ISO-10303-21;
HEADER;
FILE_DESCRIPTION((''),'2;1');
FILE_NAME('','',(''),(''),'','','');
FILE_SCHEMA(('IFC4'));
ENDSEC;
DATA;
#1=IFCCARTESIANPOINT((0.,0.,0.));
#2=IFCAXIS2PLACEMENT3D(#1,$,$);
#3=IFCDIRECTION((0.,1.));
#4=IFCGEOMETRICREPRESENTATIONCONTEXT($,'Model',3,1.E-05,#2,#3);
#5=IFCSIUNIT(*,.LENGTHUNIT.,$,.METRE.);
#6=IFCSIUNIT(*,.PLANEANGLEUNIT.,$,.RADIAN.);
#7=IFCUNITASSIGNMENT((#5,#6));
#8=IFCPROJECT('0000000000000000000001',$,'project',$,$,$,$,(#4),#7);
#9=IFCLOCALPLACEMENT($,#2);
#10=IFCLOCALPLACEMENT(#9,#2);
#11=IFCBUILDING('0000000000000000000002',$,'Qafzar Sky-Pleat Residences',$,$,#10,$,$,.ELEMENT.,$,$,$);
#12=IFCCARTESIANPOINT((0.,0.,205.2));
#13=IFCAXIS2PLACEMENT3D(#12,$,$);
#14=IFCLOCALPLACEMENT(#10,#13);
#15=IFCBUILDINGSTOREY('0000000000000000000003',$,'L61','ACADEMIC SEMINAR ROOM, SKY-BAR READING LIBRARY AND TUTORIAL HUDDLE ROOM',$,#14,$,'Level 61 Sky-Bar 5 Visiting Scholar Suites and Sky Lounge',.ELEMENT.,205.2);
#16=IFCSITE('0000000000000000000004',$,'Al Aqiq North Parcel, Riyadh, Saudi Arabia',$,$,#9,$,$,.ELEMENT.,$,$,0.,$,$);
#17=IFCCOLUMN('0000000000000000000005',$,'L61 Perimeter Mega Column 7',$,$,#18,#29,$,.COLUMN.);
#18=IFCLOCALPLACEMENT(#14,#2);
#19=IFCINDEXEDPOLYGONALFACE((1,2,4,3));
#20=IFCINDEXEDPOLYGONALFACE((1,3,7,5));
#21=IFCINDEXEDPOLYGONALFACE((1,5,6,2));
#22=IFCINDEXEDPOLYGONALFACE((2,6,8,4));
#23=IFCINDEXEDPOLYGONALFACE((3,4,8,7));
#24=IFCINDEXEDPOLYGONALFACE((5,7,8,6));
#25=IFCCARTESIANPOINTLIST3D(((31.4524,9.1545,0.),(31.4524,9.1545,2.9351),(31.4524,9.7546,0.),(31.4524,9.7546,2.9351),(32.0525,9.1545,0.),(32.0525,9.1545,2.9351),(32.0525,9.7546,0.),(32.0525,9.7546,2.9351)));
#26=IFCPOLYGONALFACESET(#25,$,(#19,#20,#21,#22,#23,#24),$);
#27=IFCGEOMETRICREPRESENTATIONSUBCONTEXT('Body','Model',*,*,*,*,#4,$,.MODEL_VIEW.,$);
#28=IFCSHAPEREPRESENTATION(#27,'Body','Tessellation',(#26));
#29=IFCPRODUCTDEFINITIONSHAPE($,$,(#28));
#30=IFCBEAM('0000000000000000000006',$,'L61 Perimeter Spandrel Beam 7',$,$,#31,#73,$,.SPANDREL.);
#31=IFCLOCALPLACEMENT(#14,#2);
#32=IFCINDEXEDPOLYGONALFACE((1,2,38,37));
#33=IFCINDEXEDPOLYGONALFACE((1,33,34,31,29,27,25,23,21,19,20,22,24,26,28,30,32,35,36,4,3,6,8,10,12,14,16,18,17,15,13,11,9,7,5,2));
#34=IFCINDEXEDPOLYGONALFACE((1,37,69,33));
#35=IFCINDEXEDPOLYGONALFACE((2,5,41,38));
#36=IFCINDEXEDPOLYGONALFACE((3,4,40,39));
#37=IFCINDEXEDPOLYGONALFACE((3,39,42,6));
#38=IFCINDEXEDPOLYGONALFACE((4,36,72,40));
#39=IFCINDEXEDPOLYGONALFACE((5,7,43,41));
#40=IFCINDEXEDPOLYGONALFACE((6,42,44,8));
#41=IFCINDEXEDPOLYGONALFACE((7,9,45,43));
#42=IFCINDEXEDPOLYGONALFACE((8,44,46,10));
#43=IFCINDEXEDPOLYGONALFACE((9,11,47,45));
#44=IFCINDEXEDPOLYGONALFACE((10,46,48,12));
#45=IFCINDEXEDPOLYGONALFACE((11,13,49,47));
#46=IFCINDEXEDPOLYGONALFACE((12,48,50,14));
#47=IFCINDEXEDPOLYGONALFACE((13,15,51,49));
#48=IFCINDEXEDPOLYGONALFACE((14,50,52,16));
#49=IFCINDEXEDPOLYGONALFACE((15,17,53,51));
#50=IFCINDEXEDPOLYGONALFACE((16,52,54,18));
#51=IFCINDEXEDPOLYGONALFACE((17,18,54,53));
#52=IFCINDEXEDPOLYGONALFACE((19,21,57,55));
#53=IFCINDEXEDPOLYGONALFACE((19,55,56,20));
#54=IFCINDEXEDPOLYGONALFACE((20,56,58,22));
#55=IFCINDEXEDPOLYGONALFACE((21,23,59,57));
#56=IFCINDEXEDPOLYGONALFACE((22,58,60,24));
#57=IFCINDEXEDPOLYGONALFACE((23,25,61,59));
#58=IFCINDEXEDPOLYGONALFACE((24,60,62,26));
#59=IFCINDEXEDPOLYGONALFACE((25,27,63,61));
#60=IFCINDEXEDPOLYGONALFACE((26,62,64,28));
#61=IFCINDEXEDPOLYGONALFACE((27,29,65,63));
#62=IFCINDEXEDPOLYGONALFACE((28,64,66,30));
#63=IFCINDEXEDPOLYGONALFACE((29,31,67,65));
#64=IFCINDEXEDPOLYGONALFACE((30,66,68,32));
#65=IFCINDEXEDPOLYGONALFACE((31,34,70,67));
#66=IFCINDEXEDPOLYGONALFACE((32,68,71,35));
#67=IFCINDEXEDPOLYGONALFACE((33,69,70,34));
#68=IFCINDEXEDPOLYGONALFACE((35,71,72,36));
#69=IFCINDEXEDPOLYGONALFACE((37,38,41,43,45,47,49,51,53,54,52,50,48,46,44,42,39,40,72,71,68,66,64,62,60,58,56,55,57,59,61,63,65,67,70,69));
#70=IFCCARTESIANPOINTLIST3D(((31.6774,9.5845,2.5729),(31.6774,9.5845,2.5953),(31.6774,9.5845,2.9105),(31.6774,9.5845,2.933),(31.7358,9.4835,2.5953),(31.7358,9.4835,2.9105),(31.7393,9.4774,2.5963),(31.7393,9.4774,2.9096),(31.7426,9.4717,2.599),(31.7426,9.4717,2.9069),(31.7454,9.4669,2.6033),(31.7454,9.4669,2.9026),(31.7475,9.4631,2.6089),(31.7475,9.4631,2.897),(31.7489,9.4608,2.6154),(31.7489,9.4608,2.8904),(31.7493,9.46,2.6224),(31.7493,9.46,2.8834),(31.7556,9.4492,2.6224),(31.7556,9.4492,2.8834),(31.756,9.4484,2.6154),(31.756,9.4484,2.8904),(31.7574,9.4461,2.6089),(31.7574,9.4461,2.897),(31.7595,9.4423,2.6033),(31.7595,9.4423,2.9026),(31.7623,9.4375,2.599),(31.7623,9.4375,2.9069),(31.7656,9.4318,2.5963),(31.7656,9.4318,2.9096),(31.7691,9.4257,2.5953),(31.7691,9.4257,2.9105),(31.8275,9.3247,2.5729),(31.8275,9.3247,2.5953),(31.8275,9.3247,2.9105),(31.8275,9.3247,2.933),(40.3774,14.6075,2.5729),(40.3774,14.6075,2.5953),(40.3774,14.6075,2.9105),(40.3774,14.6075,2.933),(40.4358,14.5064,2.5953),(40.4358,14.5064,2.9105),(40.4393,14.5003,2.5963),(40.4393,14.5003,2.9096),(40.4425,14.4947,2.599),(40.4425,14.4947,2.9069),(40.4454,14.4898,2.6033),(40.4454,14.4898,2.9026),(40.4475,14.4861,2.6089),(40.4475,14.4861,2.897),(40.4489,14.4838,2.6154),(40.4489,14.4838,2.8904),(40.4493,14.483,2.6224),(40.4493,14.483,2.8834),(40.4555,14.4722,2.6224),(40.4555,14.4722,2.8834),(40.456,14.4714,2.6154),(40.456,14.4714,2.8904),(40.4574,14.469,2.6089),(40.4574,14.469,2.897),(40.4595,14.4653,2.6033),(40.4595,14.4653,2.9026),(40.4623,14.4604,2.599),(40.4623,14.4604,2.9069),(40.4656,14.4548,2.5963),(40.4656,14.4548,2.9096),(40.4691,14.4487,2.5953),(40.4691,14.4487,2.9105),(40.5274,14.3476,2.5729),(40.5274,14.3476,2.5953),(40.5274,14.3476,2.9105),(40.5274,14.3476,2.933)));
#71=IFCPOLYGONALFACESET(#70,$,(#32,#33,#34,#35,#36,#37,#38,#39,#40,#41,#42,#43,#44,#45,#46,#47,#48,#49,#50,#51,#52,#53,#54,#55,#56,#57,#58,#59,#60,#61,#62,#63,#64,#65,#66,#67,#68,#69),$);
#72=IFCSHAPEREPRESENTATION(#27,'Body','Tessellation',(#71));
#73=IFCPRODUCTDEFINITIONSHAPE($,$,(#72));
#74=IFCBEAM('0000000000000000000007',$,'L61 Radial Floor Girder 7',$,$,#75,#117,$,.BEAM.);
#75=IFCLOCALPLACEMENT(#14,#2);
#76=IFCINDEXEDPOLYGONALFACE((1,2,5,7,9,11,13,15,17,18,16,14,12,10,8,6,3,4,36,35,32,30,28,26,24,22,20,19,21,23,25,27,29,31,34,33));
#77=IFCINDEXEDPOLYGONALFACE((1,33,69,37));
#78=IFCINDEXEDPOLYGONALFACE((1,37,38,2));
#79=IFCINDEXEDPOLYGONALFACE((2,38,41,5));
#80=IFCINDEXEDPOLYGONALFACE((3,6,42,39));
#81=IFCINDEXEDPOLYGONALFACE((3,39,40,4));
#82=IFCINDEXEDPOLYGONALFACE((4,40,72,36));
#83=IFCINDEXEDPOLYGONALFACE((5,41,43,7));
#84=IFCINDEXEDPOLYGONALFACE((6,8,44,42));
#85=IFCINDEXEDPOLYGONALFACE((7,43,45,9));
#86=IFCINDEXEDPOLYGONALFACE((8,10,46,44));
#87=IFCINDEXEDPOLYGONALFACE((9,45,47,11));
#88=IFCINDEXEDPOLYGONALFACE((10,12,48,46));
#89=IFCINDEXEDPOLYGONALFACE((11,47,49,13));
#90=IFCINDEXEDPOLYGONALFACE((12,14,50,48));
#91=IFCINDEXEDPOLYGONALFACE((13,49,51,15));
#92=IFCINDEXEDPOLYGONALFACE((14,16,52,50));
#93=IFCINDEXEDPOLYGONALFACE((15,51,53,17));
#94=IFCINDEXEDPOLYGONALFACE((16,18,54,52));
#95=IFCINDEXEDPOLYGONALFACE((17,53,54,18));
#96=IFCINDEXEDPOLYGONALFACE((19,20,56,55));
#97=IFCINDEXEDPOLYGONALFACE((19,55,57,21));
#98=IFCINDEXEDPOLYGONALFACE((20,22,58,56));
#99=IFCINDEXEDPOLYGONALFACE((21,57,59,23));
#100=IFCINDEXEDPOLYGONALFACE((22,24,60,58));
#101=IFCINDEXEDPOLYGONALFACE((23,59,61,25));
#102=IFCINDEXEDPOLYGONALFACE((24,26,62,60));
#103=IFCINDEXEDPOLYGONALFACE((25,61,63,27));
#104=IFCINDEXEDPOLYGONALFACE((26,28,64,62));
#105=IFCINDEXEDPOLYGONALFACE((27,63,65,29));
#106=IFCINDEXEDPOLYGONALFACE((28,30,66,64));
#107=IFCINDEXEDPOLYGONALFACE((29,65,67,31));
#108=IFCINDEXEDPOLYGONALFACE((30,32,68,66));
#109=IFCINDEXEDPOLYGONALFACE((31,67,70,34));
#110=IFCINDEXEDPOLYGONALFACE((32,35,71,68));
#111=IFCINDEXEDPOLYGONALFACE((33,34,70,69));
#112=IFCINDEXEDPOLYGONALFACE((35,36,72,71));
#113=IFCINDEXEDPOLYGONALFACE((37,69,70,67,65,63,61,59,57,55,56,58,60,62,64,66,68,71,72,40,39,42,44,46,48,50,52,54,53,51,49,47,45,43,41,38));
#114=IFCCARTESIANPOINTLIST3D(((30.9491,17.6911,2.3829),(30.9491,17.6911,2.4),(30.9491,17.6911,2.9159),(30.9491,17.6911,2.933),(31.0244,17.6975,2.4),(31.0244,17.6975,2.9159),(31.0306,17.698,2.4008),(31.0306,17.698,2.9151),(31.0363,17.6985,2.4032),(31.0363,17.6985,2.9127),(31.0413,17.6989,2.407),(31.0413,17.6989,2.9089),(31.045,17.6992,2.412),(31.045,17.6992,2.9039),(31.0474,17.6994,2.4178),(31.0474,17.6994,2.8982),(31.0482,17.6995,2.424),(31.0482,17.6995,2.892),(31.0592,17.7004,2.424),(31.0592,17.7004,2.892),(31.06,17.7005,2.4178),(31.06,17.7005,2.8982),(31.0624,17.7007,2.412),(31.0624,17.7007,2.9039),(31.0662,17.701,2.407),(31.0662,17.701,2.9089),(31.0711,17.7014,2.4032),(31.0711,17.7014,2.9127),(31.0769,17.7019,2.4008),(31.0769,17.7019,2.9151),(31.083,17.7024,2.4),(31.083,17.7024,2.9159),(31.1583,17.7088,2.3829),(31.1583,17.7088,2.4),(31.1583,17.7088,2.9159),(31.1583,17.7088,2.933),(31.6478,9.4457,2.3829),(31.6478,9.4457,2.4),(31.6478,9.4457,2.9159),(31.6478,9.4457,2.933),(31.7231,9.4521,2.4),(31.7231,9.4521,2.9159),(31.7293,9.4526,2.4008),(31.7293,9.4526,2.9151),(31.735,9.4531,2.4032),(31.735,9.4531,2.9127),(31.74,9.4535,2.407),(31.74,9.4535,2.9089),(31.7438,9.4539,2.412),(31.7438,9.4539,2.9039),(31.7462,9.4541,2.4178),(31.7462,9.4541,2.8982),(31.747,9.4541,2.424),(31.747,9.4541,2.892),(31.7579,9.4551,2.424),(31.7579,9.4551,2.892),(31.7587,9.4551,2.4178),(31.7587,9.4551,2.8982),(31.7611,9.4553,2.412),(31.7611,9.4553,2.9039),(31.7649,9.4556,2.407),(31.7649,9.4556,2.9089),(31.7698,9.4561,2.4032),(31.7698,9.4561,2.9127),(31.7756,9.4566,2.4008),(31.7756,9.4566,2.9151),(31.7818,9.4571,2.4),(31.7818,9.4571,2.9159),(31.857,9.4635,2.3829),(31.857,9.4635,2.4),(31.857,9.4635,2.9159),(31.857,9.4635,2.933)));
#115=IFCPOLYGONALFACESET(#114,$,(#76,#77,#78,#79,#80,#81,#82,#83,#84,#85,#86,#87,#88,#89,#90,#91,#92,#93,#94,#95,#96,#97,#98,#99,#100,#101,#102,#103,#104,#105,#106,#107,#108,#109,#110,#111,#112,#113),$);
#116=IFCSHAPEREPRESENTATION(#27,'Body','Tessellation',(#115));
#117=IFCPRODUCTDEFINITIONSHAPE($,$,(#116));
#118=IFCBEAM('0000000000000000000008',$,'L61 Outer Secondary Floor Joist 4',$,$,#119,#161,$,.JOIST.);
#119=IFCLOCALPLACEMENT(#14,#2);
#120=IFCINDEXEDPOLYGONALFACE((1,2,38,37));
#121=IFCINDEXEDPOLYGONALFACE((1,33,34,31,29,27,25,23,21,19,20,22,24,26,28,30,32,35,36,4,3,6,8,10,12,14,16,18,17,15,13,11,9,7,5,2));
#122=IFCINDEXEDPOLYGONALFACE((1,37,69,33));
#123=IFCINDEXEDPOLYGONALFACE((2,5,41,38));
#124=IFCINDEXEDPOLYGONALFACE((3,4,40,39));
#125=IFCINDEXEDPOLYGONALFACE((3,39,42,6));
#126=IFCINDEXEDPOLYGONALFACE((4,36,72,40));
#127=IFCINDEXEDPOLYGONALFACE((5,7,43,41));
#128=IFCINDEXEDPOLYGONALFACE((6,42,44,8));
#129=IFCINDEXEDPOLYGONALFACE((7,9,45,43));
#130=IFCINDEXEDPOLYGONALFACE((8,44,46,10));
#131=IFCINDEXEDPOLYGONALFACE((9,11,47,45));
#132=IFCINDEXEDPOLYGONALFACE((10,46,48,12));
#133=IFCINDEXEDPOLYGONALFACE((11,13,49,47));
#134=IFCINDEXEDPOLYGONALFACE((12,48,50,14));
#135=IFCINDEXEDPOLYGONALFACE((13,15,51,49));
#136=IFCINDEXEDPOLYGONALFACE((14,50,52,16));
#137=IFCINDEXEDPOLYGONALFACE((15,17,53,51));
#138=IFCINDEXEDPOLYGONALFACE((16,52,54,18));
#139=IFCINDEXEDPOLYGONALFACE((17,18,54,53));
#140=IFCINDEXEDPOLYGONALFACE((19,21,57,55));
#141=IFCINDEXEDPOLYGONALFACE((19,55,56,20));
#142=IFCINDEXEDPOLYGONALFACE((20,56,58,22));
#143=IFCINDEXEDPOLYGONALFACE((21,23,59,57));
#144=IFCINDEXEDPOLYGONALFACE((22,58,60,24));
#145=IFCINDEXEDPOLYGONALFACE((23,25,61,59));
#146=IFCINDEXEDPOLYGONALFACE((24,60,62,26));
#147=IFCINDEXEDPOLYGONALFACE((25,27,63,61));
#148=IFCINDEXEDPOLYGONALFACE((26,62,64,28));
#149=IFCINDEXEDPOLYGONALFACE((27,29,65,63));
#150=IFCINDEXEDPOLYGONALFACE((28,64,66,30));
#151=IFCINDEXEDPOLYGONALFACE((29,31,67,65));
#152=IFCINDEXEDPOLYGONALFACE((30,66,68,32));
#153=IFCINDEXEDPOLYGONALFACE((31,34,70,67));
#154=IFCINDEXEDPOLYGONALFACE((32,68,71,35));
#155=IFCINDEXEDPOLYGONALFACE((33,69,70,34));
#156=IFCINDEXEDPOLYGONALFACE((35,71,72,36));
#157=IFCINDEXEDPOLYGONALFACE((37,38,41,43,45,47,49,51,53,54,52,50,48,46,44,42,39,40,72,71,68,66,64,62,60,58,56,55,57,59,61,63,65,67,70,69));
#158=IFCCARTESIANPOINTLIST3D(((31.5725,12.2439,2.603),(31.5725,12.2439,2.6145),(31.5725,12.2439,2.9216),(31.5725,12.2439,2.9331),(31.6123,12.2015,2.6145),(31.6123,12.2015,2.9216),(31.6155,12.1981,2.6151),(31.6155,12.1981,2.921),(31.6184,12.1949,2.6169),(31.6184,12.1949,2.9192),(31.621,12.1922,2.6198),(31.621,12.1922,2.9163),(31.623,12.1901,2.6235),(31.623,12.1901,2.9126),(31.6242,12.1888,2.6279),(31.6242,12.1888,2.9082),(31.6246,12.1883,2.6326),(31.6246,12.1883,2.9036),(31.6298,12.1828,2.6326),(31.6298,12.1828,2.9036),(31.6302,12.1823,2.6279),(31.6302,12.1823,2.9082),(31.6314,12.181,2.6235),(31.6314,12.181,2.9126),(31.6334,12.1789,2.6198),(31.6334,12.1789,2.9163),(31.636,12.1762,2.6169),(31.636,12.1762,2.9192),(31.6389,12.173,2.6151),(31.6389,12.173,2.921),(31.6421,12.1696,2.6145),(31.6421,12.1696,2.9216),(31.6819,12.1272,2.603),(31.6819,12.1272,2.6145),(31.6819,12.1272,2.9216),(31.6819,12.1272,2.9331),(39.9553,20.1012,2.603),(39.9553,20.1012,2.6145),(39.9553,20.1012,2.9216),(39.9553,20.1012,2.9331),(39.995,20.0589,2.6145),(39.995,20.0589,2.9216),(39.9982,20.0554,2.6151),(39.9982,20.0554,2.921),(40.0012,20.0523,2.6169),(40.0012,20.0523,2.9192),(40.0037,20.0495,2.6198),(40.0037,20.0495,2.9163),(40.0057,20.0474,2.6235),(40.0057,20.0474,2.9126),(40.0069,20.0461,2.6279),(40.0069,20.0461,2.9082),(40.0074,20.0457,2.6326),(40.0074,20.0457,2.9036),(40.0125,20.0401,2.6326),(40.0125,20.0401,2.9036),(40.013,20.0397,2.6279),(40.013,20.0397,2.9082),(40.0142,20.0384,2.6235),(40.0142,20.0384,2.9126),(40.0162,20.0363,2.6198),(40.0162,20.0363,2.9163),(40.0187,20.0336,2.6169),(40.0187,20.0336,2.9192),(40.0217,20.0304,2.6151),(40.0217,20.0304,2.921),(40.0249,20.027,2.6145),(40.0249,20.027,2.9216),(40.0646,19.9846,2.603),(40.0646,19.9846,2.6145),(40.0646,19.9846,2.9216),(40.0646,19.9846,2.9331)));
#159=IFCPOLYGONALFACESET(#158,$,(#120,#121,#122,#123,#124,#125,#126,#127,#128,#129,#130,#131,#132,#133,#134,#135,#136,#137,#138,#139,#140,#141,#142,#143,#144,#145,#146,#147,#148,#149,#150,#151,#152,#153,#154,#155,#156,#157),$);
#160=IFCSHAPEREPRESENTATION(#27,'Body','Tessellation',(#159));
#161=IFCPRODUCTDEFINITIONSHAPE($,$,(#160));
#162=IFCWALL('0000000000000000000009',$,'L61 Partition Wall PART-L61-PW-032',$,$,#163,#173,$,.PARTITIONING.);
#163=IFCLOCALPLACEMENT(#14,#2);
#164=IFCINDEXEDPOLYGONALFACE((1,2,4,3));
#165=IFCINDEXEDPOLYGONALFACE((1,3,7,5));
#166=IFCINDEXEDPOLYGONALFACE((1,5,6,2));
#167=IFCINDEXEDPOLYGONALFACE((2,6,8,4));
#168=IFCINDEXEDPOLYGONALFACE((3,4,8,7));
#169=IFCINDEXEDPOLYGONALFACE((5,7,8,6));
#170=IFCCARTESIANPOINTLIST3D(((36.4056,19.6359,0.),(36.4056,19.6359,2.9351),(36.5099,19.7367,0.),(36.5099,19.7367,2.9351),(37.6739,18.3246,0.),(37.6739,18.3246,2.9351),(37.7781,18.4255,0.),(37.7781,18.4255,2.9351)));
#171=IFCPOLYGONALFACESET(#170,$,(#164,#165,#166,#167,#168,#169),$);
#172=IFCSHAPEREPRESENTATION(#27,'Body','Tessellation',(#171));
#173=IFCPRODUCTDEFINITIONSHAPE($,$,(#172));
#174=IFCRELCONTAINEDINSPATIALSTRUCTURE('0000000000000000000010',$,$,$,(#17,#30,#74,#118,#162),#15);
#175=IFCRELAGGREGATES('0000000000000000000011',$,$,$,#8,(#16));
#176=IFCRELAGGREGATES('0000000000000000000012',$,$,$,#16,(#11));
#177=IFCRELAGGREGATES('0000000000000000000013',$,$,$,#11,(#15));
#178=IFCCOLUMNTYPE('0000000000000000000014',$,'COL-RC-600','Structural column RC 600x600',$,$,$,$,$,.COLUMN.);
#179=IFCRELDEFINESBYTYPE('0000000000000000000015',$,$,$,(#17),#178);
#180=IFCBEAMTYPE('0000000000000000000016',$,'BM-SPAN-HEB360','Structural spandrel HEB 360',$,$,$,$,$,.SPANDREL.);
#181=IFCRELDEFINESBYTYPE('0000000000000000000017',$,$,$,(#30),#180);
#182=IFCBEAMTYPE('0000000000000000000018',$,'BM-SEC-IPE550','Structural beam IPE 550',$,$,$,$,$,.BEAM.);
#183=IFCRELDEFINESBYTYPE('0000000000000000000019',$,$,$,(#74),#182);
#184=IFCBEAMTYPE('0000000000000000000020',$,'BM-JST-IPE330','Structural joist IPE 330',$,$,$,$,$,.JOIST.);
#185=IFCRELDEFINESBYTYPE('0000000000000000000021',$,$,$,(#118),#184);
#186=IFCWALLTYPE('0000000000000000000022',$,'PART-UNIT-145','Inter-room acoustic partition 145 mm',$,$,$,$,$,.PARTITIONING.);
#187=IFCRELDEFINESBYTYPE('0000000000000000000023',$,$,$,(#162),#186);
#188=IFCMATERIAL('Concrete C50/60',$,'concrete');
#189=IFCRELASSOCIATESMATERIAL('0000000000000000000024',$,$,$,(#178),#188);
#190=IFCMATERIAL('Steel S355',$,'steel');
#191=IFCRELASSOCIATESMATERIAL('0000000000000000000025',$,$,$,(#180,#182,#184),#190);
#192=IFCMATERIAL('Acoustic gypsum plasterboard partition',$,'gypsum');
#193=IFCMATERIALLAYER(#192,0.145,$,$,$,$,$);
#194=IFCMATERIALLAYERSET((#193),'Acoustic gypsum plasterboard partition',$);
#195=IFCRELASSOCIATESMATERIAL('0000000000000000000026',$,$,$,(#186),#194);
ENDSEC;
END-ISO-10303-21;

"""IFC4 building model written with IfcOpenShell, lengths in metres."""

from ifc_helpers import new_model, si_unit, direction, frame, frame_2d, origin, origin_2d, place, context, subcontext, project, spatial, rectangle, i_section, extrude, source, transform, mapped, material, layer, layer_set, material_profile, profile_set, type_object, element, save


model = new_model("IFC4")

# Units and contexts
model_context = context("Model", 3, precision=1e-05, world=origin(), true_north=direction((0.0, 1.0)))
body_context = subcontext(model_context, "Body", "Model", "MODEL_VIEW")
ifc_project = project(units=[si_unit("LENGTHUNIT", "METRE"), si_unit("PLANEANGLEUNIT", "RADIAN")], contexts=[model_context])

# Site, building, storey
site_placement = place(None, origin())
site = spatial("IfcSite", under=ifc_project, at=site_placement, Name="Al Aqiq North Parcel, Riyadh, Saudi Arabia", CompositionType="ELEMENT", RefElevation=0.0)
building_placement = place(site_placement, origin())
building = spatial("IfcBuilding", under=site, at=building_placement, Name="Qafzar Sky-Pleat Residences", CompositionType="ELEMENT")
storey_placement = place(building_placement, frame((0.0, 0.0, 205.2)))
storey = spatial("IfcBuildingStorey", under=building, at=storey_placement, Name="L61", Description="ACADEMIC SEMINAR ROOM, SKY-BAR READING LIBRARY AND TUTORIAL HUDDLE ROOM", LongName="Level 61 Sky-Bar 5 Visiting Scholar Suites and Sky Lounge", CompositionType="ELEMENT", Elevation=205.2)

# Column
ifc_material_1 = material(Name="Concrete C50/60", Category="concrete")
ifc_material_profile_1 = material_profile(ifc_material_1, rectangle(XDim=0.6001, YDim=0.6001, at=origin_2d()), Name="RC 600x600")
ifc_profile_set_1 = profile_set([ifc_material_profile_1], Name="Concrete C50/60")
column_type = type_object("IfcColumnType", Name="COL-RC-600", Description="Structural column RC 600x600", PredefinedType="COLUMN", material=ifc_profile_set_1)
shared_shape_1 = source(origin(), body_context, "Body", "SweptSolid", [
    extrude(rectangle(XDim=0.6001, YDim=0.6001, at=origin_2d()), origin(), (0.0, 0.0, 1.0), 2.9351),
])
column_placement = place(storey_placement, frame((31.7524, 9.4546, 0.0), z_axis=(0.0, 0.0, 1.0), x_axis=(1.0, 0.0, 0.0)))
element("IfcColumn", 1, at=column_placement, inside=storey, type_object=column_type, Name="L61 Perimeter Mega Column 7", PredefinedType="COLUMN", context=body_context, shape_type="MappedRepresentation", body=[
    mapped(shared_shape_1, transform((0.0, 0.0, 0.0), x_axis=(1.0, 0.0, 0.0), y_axis=(0.0, 1.0, 0.0), z_axis=(0.0, 0.0, 1.0), scale=1.0)),
])

# Beams
ifc_material_2 = material(Name="Steel S355", Category="steel")
ifc_material_profile_2 = material_profile(ifc_material_2, i_section(OverallWidth=0.3, OverallDepth=0.3601, WebThickness=0.0125, FlangeThickness=0.0225, FilletRadius=0.0271, at=origin_2d()), Name="HEB 360")
ifc_profile_set_2 = profile_set([ifc_material_profile_2], Name="Steel S355")
beam_type_1 = type_object("IfcBeamType", Name="BM-SPAN-HEB360", Description="Structural spandrel HEB 360", PredefinedType="SPANDREL", material=ifc_profile_set_2)
shared_shape_2 = source(origin(), body_context, "Body", "SweptSolid", [
    extrude(i_section(OverallWidth=0.3, OverallDepth=0.3601, WebThickness=0.0125, FlangeThickness=0.0225, FilletRadius=0.0271, at=origin_2d()), origin(), (0.0, 0.0, 1.0), 10.0459),
])
beam_1_placement = place(storey_placement, frame((31.7524, 9.4546, 2.7529), z_axis=(0.866024, 0.500002, 0.0), x_axis=(-0.500002, 0.866024, 0.0)))
element("IfcBeam", 2, at=beam_1_placement, inside=storey, type_object=beam_type_1, Name="L61 Perimeter Spandrel Beam 7", PredefinedType="SPANDREL", context=body_context, shape_type="MappedRepresentation", body=[
    mapped(shared_shape_2, transform((0.0, 0.0, 0.0), x_axis=(1.0, 0.0, 0.0), y_axis=(0.0, 1.0, 0.0), z_axis=(0.0, 0.0, 1.0), scale=1.0)),
])
ifc_material_profile_3 = material_profile(ifc_material_2, i_section(OverallWidth=0.21, OverallDepth=0.55, WebThickness=0.011, FlangeThickness=0.0171, FilletRadius=0.0239, at=origin_2d()), Name="IPE 550")
ifc_profile_set_3 = profile_set([ifc_material_profile_3], Name="Steel S355")
beam_type_2 = type_object("IfcBeamType", Name="BM-SEC-IPE550", Description="Structural beam IPE 550", PredefinedType="BEAM", material=ifc_profile_set_3)
shared_shape_3 = source(origin(), body_context, "Body", "SweptSolid", [
    extrude(i_section(OverallWidth=0.21, OverallDepth=0.55, WebThickness=0.011, FlangeThickness=0.0171, FilletRadius=0.0239, at=origin_2d()), origin(), (0.0, 0.0, 1.0), 8.2749),
])
beam_2_placement = place(storey_placement, frame((31.7524, 9.4546, 2.658), z_axis=(-0.08444, 0.996429, 0.0), x_axis=(-0.996429, -0.08444, 0.0)))
element("IfcBeam", 3, at=beam_2_placement, inside=storey, type_object=beam_type_2, Name="L61 Radial Floor Girder 7", PredefinedType="BEAM", context=body_context, shape_type="MappedRepresentation", body=[
    mapped(shared_shape_3, transform((0.0, 0.0, 0.0), x_axis=(1.0, 0.0, 0.0), y_axis=(0.0, 1.0, 0.0), z_axis=(0.0, 0.0, 1.0), scale=1.0)),
])
ifc_material_profile_4 = material_profile(ifc_material_2, i_section(OverallWidth=0.1599, OverallDepth=0.3301, WebThickness=0.0076, FlangeThickness=0.0115, FilletRadius=0.0181, at=origin_2d()), Name="IPE 330")
ifc_profile_set_4 = profile_set([ifc_material_profile_4], Name="Steel S355")
beam_type_3 = type_object("IfcBeamType", Name="BM-JST-IPE330", Description="Structural joist IPE 330", PredefinedType="JOIST", material=ifc_profile_set_4)
shared_shape_4 = source(origin(), body_context, "Body", "SweptSolid", [
    extrude(i_section(OverallWidth=0.1599, OverallDepth=0.3301, WebThickness=0.0076, FlangeThickness=0.0115, FilletRadius=0.0181, at=origin_2d()), origin(), (0.0, 0.0, 1.0), 11.4895),
])
beam_3_placement = place(storey_placement, frame((31.6272, 12.1855, 2.7681), z_axis=(0.729601, 0.683873, 0.0), x_axis=(-0.683873, 0.729601, 0.0)))
element("IfcBeam", 4, at=beam_3_placement, inside=storey, type_object=beam_type_3, Name="L61 Outer Secondary Floor Joist 4", PredefinedType="JOIST", context=body_context, shape_type="MappedRepresentation", body=[
    mapped(shared_shape_4, transform((0.0, 0.0, 0.0), x_axis=(1.0, 0.0, 0.0), y_axis=(0.0, 1.0, 0.0), z_axis=(0.0, 0.0, 1.0), scale=1.0)),
])

# Wall
ifc_material_3 = material(Name="Acoustic gypsum plasterboard partition", Category="gypsum")
ifc_layer_1 = layer(ifc_material_3, 0.145)
ifc_layer_set_1 = layer_set([ifc_layer_1], Name="Acoustic gypsum plasterboard partition")
wall_type_1 = type_object("IfcWallType", Name="PART-UNIT-145", Description="Inter-room acoustic partition 145 mm", PredefinedType="PARTITIONING", material=ifc_layer_set_1)
wall_1_placement = place(storey_placement, frame((36.4578, 19.6863, 0.0), z_axis=(0.0, 0.0, 1.0), x_axis=(0.695232, -0.718785, 0.0)))
element("IfcWall", 5, at=wall_1_placement, inside=storey, type_object=wall_type_1, Name="L61 Partition Wall PART-L61-PW-032", PredefinedType="PARTITIONING", context=body_context, shape_type="SweptSolid", body=[
    extrude(rectangle(XDim=1.8242, YDim=0.145, at=frame_2d((0.9121, 0.0))), origin(), (0.0, 0.0, 1.0), 2.9351),
])

save(model, "model.ifc")
